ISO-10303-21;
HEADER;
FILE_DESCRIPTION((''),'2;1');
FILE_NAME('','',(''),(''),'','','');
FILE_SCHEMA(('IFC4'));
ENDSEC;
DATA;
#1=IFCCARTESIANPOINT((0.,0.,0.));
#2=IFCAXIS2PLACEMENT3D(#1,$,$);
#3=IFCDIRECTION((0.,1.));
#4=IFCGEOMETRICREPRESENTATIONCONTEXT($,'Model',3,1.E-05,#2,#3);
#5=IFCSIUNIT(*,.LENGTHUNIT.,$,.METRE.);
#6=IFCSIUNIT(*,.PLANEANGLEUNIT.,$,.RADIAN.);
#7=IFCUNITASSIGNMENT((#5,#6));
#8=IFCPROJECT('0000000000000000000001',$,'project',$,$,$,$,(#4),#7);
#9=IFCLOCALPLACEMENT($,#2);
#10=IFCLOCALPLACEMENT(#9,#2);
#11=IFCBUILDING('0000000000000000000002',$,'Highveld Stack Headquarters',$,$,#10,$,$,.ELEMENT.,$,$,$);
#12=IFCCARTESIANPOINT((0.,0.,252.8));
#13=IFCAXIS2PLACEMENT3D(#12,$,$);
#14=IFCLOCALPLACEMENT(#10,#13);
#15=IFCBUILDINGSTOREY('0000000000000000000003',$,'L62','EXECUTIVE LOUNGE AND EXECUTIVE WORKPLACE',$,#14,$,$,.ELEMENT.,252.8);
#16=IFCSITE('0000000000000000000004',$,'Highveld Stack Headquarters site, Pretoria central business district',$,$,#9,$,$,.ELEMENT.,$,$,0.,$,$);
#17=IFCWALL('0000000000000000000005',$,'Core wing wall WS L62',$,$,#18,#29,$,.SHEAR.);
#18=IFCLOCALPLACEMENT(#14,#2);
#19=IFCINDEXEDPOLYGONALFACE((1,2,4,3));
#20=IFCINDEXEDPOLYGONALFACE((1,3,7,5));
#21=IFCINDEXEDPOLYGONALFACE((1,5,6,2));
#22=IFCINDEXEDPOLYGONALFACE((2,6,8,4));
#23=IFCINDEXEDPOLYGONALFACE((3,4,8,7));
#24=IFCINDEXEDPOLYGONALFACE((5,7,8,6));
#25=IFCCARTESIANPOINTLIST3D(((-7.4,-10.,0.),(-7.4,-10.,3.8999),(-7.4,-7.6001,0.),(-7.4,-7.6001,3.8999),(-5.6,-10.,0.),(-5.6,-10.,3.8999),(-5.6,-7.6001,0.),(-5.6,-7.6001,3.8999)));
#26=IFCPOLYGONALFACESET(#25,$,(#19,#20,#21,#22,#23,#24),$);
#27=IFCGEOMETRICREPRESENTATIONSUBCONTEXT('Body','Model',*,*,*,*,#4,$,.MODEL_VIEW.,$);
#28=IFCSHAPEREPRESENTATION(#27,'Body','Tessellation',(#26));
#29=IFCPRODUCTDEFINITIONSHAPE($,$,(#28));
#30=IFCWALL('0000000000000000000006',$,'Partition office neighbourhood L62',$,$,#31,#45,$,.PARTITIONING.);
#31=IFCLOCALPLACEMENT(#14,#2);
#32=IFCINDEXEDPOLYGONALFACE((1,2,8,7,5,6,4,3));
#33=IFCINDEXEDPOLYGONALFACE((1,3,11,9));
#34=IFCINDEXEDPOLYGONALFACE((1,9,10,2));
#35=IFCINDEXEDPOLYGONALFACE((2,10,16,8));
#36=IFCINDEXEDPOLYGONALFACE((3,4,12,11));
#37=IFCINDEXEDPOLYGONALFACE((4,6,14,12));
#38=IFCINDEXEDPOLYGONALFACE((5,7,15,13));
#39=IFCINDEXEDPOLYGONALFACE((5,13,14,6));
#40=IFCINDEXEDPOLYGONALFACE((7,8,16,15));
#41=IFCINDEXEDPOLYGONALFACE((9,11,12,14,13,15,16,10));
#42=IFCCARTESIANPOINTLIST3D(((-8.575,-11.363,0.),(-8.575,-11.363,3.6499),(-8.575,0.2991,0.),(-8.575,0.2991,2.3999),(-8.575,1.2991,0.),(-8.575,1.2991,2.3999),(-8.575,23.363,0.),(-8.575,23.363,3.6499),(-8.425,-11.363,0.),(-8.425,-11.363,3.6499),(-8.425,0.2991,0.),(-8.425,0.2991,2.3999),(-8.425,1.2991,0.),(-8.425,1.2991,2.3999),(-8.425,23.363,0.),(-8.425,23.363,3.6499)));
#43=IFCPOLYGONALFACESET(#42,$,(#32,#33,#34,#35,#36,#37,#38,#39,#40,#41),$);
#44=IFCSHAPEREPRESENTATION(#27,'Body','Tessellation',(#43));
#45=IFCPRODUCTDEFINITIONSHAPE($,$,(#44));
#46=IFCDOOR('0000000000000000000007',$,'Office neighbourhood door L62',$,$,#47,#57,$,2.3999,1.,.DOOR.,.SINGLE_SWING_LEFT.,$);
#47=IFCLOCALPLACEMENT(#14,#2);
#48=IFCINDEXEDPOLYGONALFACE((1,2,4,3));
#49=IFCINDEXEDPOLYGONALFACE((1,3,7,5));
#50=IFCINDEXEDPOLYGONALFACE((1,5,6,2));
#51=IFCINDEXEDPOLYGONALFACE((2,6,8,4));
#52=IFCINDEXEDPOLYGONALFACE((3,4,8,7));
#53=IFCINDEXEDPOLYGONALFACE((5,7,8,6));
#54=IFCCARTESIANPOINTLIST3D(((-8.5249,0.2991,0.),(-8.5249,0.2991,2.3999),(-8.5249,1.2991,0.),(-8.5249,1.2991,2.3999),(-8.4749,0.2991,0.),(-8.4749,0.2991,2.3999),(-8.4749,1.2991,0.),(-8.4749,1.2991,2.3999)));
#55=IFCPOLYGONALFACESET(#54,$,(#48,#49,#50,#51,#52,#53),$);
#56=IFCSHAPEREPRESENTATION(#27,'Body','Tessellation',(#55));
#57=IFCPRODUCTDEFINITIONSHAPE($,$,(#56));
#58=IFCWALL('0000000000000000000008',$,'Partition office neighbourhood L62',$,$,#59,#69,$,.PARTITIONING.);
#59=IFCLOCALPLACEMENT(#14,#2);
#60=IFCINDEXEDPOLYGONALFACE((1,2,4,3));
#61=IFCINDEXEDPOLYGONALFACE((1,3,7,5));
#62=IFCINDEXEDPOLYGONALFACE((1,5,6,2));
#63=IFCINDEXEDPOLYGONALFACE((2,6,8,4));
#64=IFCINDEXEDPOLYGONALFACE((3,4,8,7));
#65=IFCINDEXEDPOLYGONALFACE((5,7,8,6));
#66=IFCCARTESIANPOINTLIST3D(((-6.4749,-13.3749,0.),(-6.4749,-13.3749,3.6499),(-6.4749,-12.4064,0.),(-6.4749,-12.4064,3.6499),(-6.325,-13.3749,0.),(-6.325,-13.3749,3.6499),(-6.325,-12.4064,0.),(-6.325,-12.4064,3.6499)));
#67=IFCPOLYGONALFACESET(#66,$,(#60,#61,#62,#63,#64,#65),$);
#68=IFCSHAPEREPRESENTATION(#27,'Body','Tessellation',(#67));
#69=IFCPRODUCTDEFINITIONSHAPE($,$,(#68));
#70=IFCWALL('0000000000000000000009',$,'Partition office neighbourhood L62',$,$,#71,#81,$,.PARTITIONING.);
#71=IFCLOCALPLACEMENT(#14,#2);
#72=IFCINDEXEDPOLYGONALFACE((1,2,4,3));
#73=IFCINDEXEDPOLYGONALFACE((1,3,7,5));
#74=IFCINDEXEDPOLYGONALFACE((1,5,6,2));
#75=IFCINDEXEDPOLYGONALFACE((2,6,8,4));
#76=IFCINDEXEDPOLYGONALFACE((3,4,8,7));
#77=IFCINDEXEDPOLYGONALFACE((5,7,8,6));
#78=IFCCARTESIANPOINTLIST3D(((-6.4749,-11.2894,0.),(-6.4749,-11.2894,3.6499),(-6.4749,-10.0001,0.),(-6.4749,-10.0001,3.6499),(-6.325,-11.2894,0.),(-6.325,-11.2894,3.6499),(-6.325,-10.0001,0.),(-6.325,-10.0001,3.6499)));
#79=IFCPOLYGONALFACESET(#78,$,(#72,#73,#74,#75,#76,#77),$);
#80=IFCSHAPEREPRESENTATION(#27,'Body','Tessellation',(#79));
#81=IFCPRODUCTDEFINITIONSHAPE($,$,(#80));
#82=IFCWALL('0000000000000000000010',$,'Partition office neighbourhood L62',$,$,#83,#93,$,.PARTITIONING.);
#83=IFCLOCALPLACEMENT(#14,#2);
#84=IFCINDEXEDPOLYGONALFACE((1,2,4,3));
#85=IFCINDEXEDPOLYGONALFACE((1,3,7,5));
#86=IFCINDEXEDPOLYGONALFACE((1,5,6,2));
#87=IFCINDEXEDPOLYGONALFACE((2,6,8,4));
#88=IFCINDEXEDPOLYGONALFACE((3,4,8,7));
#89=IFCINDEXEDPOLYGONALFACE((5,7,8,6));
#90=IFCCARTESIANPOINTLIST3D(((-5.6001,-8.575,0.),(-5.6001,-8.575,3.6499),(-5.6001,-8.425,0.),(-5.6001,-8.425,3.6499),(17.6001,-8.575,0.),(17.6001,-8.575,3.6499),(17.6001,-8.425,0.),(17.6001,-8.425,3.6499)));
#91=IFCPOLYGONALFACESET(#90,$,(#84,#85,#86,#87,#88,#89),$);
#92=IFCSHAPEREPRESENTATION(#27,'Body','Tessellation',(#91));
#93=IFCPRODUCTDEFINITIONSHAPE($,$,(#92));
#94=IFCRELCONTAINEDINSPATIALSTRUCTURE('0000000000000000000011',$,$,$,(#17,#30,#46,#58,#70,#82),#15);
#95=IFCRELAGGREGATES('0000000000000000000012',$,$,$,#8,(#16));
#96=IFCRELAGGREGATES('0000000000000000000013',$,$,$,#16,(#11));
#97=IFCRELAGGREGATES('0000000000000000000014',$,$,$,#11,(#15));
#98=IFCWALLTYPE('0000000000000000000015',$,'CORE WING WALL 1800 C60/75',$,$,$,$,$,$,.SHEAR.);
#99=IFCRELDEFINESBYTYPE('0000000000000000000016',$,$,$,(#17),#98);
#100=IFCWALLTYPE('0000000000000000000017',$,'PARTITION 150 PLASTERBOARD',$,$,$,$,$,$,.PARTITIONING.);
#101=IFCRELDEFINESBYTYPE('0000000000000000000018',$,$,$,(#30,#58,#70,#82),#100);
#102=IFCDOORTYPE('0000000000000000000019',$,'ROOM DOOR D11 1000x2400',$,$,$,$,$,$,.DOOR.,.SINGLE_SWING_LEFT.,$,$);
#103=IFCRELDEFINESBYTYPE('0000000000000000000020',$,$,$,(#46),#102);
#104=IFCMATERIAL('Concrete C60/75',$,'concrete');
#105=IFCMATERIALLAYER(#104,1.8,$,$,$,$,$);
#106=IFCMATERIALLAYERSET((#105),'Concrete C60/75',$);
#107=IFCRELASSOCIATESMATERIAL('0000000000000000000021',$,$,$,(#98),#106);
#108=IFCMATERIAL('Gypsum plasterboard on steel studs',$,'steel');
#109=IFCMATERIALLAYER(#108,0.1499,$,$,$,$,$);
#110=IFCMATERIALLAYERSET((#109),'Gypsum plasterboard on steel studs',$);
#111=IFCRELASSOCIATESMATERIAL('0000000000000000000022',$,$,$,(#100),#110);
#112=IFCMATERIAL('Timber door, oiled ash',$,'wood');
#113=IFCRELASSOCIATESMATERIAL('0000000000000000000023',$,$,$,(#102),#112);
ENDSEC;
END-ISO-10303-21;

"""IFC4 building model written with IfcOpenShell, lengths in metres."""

from ifc_helpers import new_model, si_unit, direction, frame, frame_2d, origin, place, context, subcontext, project, spatial, rectangle, extrude, material, layer, layer_set, type_object, element, fill, save


model = new_model("IFC4")

# Units and contexts
model_context = context("Model", 3, precision=1e-05, world=origin(), true_north=direction((0.0, 1.0)))
body_context = subcontext(model_context, "Body", "Model", "MODEL_VIEW")
ifc_project = project(units=[si_unit("LENGTHUNIT", "METRE"), si_unit("PLANEANGLEUNIT", "RADIAN")], contexts=[model_context])

# Site, building, storey
site_placement = place(None, origin())
site = spatial("IfcSite", under=ifc_project, at=site_placement, Name="Highveld Stack Headquarters site, Pretoria central business district", CompositionType="ELEMENT", RefElevation=0.0)
building_placement = place(site_placement, origin())
building = spatial("IfcBuilding", under=site, at=building_placement, Name="Highveld Stack Headquarters", CompositionType="ELEMENT")
storey_placement = place(building_placement, frame((0.0, 0.0, 252.8)))
storey = spatial("IfcBuildingStorey", under=building, at=storey_placement, Name="L62", Description="EXECUTIVE LOUNGE AND EXECUTIVE WORKPLACE", CompositionType="ELEMENT", Elevation=252.8)

# Wall
ifc_material_1 = material(Name="Concrete C60/75", Category="concrete")
ifc_layer_1 = layer(ifc_material_1, 1.8)
ifc_layer_set_1 = layer_set([ifc_layer_1], Name="Concrete C60/75")
wall_type_1 = type_object("IfcWallType", Name="CORE WING WALL 1800 C60/75", PredefinedType="SHEAR", material=ifc_layer_set_1)
wall_1_placement = place(storey_placement, frame((-6.5, -10.0, 0.0), z_axis=(0.0, 0.0, 1.0), x_axis=(0.0, 1.0, 0.0)))
element("IfcWall", 1, at=wall_1_placement, inside=storey, type_object=wall_type_1, Name="Core wing wall WS L62", PredefinedType="SHEAR", context=body_context, shape_type="SweptSolid", body=[
    extrude(rectangle(XDim=2.3999, YDim=1.8, at=frame_2d((1.2, 0.0))), origin(), (0.0, 0.0, 1.0), 3.8999),
])

# Wall, opening, door
ifc_material_2 = material(Name="Gypsum plasterboard on steel studs", Category="steel")
ifc_layer_2 = layer(ifc_material_2, 0.1499)
ifc_layer_set_2 = layer_set([ifc_layer_2], Name="Gypsum plasterboard on steel studs")
wall_type_2 = type_object("IfcWallType", Name="PARTITION 150 PLASTERBOARD", PredefinedType="PARTITIONING", material=ifc_layer_set_2)
wall_2_placement = place(storey_placement, frame((-8.5, -11.363, 0.0), z_axis=(0.0, 0.0, 1.0), x_axis=(0.0, 1.0, 0.0)))
wall_2 = element("IfcWall", 2, at=wall_2_placement, inside=storey, type_object=wall_type_2, Name="Partition office neighbourhood L62", PredefinedType="PARTITIONING", context=body_context, shape_type="SweptSolid", body=[
    extrude(rectangle(XDim=34.7261, YDim=0.1499, at=frame_2d((17.363, 0.0))), origin(), (0.0, 0.0, 1.0), 3.6499),
])
opening_1_placement = place(wall_2_placement, frame((11.6621, 0.0, 0.0)))
opening_1 = element("IfcOpeningElement", 3, at=opening_1_placement, cuts=wall_2, PredefinedType="OPENING", context=body_context, shape_type="SweptSolid", body=[
    extrude(rectangle(XDim=1.0, YDim=2.3999, at=frame_2d((0.5, 1.2))), frame((0.0, 0.085, 0.0), z_axis=(0.0, -1.0, 0.0), x_axis=(1.0, 0.0, 0.0)), (0.0, 0.0, 1.0), 0.1699),
])
ifc_material_3 = material(Name="Timber door, oiled ash", Category="wood")
door_type_1 = type_object("IfcDoorType", Name="ROOM DOOR D11 1000x2400", OperationType="SINGLE_SWING_LEFT", PredefinedType="DOOR", material=ifc_material_3)
door_1_placement = place(opening_1_placement, origin())
door_1 = element("IfcDoor", 4, at=door_1_placement, inside=storey, type_object=door_type_1, Name="Office neighbourhood door L62", OperationType="SINGLE_SWING_LEFT", OverallHeight=2.3999, OverallWidth=1.0, PredefinedType="DOOR", context=body_context, shape_type="SweptSolid", body=[
    extrude(rectangle(XDim=1.0, YDim=2.3999, at=frame_2d((0.5, 1.2))), frame((0.0, 0.0249, 0.0), z_axis=(0.0, -1.0, 0.0), x_axis=(1.0, 0.0, 0.0)), (0.0, 0.0, 1.0), 0.05),
])
fill(opening_1, door_1)

# Walls
wall_3_placement = place(storey_placement, frame((-6.3999, -13.375, 0.0), z_axis=(0.0, 0.0, 1.0), x_axis=(0.0, 1.0, 0.0)))
element("IfcWall", 5, at=wall_3_placement, inside=storey, type_object=wall_type_2, Name="Partition office neighbourhood L62", PredefinedType="PARTITIONING", context=body_context, shape_type="SweptSolid", body=[
    extrude(rectangle(XDim=0.9685, YDim=0.1499, at=frame_2d((0.4844, 0.0))), origin(), (0.0, 0.0, 1.0), 3.6499),
])
wall_4_placement = place(storey_placement, frame((-6.3999, -11.2893, 0.0), z_axis=(0.0, 0.0, 1.0), x_axis=(0.0, 1.0, 0.0)))
element("IfcWall", 6, at=wall_4_placement, inside=storey, type_object=wall_type_2, Name="Partition office neighbourhood L62", PredefinedType="PARTITIONING", context=body_context, shape_type="SweptSolid", body=[
    extrude(rectangle(XDim=1.2893, YDim=0.1499, at=frame_2d((0.6445, 0.0))), origin(), (0.0, 0.0, 1.0), 3.6499),
])
wall_5_placement = place(storey_placement, frame((-5.6001, -8.5, 0.0), z_axis=(0.0, 0.0, 1.0), x_axis=(1.0, 0.0, 0.0)))
element("IfcWall", 7, at=wall_5_placement, inside=storey, type_object=wall_type_2, Name="Partition office neighbourhood L62", PredefinedType="PARTITIONING", context=body_context, shape_type="SweptSolid", body=[
    extrude(rectangle(XDim=23.2002, YDim=0.1499, at=frame_2d((11.6001, 0.0))), origin(), (0.0, 0.0, 1.0), 3.6499),
])

save(model, "model.ifc")
